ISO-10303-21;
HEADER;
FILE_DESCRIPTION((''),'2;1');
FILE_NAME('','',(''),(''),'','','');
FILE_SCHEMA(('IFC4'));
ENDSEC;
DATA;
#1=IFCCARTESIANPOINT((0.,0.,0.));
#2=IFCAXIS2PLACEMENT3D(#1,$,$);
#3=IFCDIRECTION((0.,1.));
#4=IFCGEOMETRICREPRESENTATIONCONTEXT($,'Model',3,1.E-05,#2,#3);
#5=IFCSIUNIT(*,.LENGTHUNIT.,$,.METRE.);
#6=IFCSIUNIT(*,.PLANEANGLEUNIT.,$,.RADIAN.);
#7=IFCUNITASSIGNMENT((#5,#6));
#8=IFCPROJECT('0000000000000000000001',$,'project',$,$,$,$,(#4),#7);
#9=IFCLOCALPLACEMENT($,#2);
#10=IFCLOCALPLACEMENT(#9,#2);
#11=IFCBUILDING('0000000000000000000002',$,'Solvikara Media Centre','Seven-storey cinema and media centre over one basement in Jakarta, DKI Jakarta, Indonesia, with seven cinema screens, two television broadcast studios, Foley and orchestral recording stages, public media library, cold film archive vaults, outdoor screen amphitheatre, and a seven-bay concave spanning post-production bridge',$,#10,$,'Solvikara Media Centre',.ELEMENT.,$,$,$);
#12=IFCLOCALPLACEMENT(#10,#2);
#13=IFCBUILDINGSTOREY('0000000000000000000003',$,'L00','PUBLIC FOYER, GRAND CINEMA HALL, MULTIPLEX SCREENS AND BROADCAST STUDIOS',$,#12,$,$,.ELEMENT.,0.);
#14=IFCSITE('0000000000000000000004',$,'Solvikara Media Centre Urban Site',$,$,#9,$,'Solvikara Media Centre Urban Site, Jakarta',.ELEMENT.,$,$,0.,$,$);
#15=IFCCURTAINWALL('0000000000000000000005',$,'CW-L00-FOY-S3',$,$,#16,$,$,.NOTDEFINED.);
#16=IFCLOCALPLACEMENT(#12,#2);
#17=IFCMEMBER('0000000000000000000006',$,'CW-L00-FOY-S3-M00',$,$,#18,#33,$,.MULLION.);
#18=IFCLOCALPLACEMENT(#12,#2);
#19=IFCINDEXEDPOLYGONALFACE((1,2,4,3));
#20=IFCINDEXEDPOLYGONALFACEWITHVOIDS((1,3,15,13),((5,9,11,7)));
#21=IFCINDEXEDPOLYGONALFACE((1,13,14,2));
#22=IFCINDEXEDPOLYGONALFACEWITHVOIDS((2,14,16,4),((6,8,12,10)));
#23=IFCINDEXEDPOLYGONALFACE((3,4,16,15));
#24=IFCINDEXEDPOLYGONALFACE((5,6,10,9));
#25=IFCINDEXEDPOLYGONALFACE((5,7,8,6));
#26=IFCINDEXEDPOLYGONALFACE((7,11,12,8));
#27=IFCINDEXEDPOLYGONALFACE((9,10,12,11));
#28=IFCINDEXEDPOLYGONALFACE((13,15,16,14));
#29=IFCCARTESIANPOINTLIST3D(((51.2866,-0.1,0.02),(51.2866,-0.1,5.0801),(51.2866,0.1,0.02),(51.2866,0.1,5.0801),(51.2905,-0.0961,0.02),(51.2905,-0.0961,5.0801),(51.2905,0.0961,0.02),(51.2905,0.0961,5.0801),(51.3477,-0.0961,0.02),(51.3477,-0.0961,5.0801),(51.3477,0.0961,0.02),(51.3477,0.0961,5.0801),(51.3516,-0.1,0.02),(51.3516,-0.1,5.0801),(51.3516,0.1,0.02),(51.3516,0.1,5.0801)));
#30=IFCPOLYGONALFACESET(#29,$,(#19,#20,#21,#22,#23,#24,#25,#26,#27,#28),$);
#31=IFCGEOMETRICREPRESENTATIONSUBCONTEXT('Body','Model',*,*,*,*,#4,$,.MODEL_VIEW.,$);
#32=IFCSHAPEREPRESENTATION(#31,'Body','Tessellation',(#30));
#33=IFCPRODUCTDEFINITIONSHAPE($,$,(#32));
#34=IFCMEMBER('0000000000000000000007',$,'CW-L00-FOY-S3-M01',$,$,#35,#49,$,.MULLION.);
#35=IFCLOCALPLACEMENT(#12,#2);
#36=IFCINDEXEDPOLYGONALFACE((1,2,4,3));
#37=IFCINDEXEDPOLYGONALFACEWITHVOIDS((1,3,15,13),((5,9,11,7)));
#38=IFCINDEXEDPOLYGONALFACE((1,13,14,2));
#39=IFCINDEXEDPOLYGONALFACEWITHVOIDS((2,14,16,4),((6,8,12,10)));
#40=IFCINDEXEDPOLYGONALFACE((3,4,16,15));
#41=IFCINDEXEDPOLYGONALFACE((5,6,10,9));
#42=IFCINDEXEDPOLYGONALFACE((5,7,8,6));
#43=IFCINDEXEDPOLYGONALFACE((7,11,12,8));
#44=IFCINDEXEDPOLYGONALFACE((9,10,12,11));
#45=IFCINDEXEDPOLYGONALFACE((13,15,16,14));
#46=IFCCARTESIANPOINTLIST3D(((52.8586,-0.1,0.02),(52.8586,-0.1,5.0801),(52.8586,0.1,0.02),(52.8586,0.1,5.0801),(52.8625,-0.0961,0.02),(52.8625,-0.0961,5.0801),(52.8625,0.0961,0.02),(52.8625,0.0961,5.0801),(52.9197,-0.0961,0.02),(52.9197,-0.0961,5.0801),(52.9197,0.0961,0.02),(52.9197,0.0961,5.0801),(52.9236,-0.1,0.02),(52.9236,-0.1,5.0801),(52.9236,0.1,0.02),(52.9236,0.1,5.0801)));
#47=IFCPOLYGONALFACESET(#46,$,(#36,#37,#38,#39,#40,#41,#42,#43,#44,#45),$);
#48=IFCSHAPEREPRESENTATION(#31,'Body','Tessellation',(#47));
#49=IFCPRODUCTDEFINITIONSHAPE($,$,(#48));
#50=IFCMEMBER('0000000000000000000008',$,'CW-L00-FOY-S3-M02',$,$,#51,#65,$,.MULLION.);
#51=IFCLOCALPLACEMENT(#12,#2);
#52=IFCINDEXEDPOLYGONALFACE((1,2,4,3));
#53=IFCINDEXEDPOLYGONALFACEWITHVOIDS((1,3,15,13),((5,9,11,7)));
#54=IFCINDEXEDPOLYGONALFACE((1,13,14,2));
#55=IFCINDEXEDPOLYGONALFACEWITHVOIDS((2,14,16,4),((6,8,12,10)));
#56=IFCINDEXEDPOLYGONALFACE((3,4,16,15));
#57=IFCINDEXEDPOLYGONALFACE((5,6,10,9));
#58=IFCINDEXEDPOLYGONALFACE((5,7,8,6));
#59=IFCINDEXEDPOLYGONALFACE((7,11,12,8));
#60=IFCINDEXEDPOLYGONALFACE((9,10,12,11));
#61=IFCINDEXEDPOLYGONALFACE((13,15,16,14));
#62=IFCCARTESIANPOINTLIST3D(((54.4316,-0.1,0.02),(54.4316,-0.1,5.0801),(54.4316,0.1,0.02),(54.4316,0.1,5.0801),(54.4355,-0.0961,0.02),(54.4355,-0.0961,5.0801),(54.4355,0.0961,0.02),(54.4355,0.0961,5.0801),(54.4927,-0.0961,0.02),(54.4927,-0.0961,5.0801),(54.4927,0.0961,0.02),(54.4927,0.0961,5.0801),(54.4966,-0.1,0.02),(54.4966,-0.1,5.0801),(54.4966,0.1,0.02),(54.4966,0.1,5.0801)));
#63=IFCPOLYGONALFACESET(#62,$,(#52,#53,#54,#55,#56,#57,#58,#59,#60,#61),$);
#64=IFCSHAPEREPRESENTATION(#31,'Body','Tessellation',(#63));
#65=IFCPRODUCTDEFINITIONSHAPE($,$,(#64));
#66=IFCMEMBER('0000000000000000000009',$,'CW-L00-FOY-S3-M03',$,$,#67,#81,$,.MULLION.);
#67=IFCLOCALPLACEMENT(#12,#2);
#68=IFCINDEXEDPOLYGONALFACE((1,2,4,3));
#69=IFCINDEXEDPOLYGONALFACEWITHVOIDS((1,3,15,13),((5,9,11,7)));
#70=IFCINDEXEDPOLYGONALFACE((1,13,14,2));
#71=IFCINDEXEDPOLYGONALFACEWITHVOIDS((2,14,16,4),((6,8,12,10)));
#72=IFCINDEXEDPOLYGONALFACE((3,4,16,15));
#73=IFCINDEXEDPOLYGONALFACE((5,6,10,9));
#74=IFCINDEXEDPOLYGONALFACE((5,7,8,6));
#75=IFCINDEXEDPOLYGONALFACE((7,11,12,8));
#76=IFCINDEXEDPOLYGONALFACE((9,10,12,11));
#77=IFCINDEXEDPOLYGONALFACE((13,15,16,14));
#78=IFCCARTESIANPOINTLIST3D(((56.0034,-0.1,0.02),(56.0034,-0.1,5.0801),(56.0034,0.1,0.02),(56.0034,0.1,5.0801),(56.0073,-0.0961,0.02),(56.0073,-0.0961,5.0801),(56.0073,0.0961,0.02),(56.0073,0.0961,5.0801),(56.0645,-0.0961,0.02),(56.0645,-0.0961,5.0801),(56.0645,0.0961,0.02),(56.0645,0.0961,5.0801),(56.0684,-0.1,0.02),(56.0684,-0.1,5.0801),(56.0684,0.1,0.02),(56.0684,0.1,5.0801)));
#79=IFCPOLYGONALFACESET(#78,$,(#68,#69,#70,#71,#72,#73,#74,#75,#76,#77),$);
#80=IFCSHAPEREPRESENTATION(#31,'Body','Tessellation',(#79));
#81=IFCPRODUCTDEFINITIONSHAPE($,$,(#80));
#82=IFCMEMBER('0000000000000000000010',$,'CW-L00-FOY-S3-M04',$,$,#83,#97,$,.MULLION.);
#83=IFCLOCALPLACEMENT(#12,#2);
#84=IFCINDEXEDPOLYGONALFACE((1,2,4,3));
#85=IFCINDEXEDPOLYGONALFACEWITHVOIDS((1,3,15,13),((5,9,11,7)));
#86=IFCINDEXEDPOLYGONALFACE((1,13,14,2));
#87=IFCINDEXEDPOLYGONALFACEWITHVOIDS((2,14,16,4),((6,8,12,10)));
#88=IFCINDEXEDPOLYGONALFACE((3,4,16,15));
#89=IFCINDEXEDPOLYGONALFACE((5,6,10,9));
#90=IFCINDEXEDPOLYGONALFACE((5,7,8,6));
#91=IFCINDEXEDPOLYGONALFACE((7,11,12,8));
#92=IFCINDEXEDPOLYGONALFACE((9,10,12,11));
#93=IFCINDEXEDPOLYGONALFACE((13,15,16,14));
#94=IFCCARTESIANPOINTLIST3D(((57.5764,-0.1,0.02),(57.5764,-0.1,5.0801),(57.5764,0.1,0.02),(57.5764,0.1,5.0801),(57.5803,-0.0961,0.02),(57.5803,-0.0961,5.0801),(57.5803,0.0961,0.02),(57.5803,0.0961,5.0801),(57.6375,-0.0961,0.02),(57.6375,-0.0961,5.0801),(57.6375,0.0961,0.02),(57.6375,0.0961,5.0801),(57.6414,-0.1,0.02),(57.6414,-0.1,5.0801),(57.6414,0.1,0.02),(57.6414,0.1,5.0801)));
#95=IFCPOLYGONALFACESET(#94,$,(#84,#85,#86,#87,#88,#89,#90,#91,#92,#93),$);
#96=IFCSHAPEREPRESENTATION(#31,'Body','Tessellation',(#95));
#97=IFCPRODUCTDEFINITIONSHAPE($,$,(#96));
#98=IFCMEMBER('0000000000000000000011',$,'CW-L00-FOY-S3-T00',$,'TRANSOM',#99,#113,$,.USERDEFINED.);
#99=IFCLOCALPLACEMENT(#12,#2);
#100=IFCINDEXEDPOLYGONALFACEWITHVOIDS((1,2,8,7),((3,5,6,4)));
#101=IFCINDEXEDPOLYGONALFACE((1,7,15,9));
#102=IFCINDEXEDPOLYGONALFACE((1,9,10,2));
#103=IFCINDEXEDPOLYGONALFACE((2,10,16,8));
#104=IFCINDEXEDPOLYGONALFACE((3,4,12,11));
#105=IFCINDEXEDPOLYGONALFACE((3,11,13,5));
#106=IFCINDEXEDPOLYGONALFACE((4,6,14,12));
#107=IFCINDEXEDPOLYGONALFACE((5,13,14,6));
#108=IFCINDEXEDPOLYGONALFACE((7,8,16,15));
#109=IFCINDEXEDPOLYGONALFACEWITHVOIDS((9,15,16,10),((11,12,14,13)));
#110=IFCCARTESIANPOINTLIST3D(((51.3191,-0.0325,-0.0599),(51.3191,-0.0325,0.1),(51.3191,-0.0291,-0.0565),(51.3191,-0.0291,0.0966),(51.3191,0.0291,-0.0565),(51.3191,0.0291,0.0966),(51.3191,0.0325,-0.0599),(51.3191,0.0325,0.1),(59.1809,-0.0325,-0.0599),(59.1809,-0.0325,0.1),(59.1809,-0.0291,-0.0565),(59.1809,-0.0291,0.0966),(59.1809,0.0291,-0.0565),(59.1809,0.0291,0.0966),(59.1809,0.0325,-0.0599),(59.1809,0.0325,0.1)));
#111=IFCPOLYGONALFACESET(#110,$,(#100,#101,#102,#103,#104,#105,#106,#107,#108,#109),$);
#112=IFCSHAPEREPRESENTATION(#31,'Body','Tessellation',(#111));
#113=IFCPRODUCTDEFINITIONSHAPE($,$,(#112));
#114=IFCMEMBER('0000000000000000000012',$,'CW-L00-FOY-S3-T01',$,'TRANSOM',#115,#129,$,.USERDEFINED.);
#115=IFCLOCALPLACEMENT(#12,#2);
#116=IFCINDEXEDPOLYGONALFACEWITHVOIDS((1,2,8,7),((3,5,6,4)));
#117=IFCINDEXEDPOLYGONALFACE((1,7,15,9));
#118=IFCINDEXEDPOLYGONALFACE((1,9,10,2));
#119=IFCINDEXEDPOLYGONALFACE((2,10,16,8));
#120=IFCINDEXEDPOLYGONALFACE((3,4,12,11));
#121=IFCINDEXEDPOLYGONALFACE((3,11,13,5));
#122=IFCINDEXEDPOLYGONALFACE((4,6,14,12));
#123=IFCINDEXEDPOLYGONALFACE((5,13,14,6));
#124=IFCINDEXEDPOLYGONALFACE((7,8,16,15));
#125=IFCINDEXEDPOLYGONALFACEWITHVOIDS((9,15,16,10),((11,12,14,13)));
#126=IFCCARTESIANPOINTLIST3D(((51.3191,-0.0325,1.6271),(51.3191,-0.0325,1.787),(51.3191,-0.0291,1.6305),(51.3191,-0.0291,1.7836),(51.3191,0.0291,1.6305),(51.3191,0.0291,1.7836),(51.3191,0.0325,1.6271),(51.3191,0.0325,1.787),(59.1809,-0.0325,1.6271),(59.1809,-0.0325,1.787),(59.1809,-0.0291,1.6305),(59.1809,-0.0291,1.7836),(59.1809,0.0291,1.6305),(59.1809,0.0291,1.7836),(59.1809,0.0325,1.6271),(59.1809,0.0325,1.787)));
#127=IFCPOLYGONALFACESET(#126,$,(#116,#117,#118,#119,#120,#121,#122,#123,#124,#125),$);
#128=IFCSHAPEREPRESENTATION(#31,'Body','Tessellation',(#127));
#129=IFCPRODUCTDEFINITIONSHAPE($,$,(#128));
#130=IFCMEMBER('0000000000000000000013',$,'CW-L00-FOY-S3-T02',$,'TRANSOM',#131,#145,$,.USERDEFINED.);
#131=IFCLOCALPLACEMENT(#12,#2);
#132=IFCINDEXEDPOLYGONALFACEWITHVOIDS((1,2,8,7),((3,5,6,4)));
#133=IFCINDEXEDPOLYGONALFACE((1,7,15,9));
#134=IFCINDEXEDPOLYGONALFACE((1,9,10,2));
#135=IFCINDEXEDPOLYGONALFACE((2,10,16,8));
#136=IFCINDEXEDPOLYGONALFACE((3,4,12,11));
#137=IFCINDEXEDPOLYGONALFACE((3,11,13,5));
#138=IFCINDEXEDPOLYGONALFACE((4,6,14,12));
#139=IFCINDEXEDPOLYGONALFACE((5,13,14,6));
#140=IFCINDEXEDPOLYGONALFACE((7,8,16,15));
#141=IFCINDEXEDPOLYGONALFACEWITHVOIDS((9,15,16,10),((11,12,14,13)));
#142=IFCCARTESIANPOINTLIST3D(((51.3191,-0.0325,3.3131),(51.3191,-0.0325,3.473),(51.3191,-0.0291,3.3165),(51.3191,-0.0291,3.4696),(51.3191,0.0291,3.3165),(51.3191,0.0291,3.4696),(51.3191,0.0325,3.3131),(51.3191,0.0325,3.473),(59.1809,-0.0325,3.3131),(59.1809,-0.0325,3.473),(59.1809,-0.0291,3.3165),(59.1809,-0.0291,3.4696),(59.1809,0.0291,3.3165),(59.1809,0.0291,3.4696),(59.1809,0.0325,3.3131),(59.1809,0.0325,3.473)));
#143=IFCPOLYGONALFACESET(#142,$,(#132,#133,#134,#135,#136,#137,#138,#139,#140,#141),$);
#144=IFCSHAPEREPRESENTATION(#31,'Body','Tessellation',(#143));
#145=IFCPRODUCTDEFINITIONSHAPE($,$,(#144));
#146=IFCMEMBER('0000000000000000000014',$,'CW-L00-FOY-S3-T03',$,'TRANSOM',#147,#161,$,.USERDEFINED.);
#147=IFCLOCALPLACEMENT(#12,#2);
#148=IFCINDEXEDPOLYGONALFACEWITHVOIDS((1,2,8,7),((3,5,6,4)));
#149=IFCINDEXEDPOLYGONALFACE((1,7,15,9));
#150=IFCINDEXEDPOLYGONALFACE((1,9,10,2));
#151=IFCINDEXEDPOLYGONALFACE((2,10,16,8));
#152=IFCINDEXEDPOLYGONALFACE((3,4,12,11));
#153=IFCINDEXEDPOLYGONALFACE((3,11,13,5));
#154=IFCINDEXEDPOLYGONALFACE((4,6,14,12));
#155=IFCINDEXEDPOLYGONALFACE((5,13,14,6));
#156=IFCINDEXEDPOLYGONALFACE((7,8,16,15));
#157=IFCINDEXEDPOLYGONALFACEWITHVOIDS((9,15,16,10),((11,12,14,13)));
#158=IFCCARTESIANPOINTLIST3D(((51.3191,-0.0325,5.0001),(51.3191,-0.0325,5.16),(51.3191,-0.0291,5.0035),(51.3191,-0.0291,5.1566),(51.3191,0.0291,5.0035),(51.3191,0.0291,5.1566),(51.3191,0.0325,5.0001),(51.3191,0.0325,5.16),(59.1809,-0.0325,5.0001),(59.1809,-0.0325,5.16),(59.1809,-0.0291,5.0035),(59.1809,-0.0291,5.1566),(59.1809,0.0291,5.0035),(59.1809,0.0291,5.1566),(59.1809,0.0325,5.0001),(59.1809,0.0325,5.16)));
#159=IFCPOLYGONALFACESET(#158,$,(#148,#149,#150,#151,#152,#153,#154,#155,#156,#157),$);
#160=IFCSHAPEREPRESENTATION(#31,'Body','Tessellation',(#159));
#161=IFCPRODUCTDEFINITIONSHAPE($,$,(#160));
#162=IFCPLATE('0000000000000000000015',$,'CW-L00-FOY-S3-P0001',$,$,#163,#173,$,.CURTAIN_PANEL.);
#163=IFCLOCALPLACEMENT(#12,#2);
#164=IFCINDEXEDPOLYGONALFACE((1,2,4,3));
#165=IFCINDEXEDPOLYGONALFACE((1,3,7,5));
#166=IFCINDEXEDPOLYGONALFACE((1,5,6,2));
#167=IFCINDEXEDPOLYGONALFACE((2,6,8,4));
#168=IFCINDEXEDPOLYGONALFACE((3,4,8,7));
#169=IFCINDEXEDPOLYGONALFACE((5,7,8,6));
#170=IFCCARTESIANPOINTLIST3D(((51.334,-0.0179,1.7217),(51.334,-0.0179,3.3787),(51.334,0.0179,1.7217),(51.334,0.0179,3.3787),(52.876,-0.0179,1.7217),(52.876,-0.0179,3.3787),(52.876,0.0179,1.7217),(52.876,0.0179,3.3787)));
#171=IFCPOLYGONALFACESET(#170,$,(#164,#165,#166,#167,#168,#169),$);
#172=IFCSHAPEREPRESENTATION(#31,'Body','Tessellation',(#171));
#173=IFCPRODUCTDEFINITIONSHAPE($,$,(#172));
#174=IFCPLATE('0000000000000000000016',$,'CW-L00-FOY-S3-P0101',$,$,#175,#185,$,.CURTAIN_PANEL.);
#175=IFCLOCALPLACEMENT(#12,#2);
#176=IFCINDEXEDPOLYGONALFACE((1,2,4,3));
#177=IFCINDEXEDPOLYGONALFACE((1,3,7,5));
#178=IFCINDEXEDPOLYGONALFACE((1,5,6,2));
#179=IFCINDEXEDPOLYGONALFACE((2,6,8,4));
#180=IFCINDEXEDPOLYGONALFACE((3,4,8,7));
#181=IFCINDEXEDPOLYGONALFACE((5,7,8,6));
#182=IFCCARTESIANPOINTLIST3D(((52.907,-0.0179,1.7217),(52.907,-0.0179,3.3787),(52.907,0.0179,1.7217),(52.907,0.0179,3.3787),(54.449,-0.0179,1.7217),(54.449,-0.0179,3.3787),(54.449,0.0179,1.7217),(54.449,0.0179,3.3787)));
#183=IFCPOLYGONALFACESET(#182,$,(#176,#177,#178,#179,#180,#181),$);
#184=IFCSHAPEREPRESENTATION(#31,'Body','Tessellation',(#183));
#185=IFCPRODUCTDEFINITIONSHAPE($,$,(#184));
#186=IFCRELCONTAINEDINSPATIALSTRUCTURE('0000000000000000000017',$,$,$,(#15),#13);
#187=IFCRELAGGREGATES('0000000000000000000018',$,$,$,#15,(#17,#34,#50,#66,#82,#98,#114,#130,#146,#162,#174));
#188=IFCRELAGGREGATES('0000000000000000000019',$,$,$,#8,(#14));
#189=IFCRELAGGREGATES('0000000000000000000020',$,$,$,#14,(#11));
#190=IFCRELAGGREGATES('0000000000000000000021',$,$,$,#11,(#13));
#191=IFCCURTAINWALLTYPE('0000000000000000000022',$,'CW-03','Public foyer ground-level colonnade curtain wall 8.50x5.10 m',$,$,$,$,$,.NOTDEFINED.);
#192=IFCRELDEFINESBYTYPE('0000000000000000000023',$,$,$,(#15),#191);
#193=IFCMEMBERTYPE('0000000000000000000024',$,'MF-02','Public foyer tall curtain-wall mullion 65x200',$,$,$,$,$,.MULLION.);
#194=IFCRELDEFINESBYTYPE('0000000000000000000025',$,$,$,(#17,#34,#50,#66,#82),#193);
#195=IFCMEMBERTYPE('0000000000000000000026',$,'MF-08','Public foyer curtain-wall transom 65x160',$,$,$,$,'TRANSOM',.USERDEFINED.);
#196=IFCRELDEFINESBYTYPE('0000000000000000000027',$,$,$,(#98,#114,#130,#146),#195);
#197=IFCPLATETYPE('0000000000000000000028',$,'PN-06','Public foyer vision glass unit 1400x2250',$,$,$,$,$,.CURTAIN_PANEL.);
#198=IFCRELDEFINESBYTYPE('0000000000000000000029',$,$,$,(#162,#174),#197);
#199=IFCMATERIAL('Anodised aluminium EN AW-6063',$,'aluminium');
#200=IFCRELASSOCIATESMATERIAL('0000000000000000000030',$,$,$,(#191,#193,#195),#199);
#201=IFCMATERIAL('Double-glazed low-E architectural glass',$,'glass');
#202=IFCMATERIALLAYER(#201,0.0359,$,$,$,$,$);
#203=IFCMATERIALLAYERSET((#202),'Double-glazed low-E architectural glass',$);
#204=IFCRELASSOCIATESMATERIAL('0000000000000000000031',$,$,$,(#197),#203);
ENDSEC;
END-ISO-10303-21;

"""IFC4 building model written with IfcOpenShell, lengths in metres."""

from ifc_helpers import new_model, si_unit, direction, frame, origin, origin_2d, place, context, subcontext, project, spatial, rectangle, hollow_rectangle, extrude, material, layer, layer_set, material_profile, profile_set, type_object, element, aggregate, save


model = new_model("IFC4")

# Units and contexts
model_context = context("Model", 3, precision=1e-05, world=origin(), true_north=direction((0.0, 1.0)))
body_context = subcontext(model_context, "Body", "Model", "MODEL_VIEW")
ifc_project = project(units=[si_unit("LENGTHUNIT", "METRE"), si_unit("PLANEANGLEUNIT", "RADIAN")], contexts=[model_context])

# Site, building, storey
site_placement = place(None, origin())
site = spatial("IfcSite", under=ifc_project, at=site_placement, Name="Solvikara Media Centre Urban Site", LongName="Solvikara Media Centre Urban Site, Jakarta", CompositionType="ELEMENT", RefElevation=0.0)
building_placement = place(site_placement, origin())
building = spatial("IfcBuilding", under=site, at=building_placement, Name="Solvikara Media Centre", Description="Seven-storey cinema and media centre over one basement in Jakarta, DKI Jakarta, Indonesia, with seven cinema screens, two television broadcast studios, Foley and orchestral recording stages, public media library, cold film archive vaults, outdoor screen amphitheatre, and a seven-bay concave spanning post-production bridge", LongName="Solvikara Media Centre", CompositionType="ELEMENT")
storey_placement = place(building_placement, origin())
storey = spatial("IfcBuildingStorey", under=building, at=storey_placement, Name="L00", Description="PUBLIC FOYER, GRAND CINEMA HALL, MULTIPLEX SCREENS AND BROADCAST STUDIOS", CompositionType="ELEMENT", Elevation=0.0)

# Curtain wall, members, plates
ifc_material_1 = material(Name="Anodised aluminium EN AW-6063", Category="aluminium")
curtain_wall_type = type_object("IfcCurtainWallType", Name="CW-03", Description="Public foyer ground-level colonnade curtain wall 8.50x5.10 m", PredefinedType="NOTDEFINED", material=ifc_material_1)
curtain_wall_placement = place(storey_placement, origin())
curtain_wall = element("IfcCurtainWall", 1, at=curtain_wall_placement, inside=storey, type_object=curtain_wall_type, Name="CW-L00-FOY-S3", PredefinedType="NOTDEFINED")
ifc_material_profile_1 = material_profile(ifc_material_1, hollow_rectangle(XDim=0.0649, YDim=0.2, WallThickness=0.0039, at=origin_2d()), Name="ALU-M 65x200x4")
ifc_profile_set_1 = profile_set([ifc_material_profile_1], Name="Anodised aluminium EN AW-6063")
member_type_1 = type_object("IfcMemberType", Name="MF-02", Description="Public foyer tall curtain-wall mullion 65x200", PredefinedType="MULLION", material=ifc_profile_set_1)
member_1_placement = place(storey_placement, frame((51.3191, 0.0, 0.02), z_axis=(0.0, 0.0, 1.0), x_axis=(1.0, 0.0, 0.0)))
member_1 = element("IfcMember", 2, at=member_1_placement, type_object=member_type_1, Name="CW-L00-FOY-S3-M00", PredefinedType="MULLION", context=body_context, shape_type="SweptSolid", body=[
    extrude(hollow_rectangle(XDim=0.0649, YDim=0.2, WallThickness=0.0039, at=origin_2d()), origin(), (0.0, 0.0, 1.0), 5.0601),
])
member_2_placement = place(storey_placement, frame((52.8911, 0.0, 0.02), z_axis=(0.0, 0.0, 1.0), x_axis=(1.0, 0.0, 0.0)))
member_2 = element("IfcMember", 3, at=member_2_placement, type_object=member_type_1, Name="CW-L00-FOY-S3-M01", PredefinedType="MULLION", context=body_context, shape_type="SweptSolid", body=[
    extrude(hollow_rectangle(XDim=0.0649, YDim=0.2, WallThickness=0.0039, at=origin_2d()), origin(), (0.0, 0.0, 1.0), 5.0601),
])
member_3_placement = place(storey_placement, frame((54.4641, 0.0, 0.02), z_axis=(0.0, 0.0, 1.0), x_axis=(1.0, 0.0, 0.0)))
member_3 = element("IfcMember", 4, at=member_3_placement, type_object=member_type_1, Name="CW-L00-FOY-S3-M02", PredefinedType="MULLION", context=body_context, shape_type="SweptSolid", body=[
    extrude(hollow_rectangle(XDim=0.0649, YDim=0.2, WallThickness=0.0039, at=origin_2d()), origin(), (0.0, 0.0, 1.0), 5.0601),
])
member_4_placement = place(storey_placement, frame((56.0359, 0.0, 0.02), z_axis=(0.0, 0.0, 1.0), x_axis=(1.0, 0.0, 0.0)))
member_4 = element("IfcMember", 5, at=member_4_placement, type_object=member_type_1, Name="CW-L00-FOY-S3-M03", PredefinedType="MULLION", context=body_context, shape_type="SweptSolid", body=[
    extrude(hollow_rectangle(XDim=0.0649, YDim=0.2, WallThickness=0.0039, at=origin_2d()), origin(), (0.0, 0.0, 1.0), 5.0601),
])
member_5_placement = place(storey_placement, frame((57.6089, 0.0, 0.02), z_axis=(0.0, 0.0, 1.0), x_axis=(1.0, 0.0, 0.0)))
member_5 = element("IfcMember", 6, at=member_5_placement, type_object=member_type_1, Name="CW-L00-FOY-S3-M04", PredefinedType="MULLION", context=body_context, shape_type="SweptSolid", body=[
    extrude(hollow_rectangle(XDim=0.0649, YDim=0.2, WallThickness=0.0039, at=origin_2d()), origin(), (0.0, 0.0, 1.0), 5.0601),
])
ifc_material_profile_2 = material_profile(ifc_material_1, hollow_rectangle(XDim=0.0649, YDim=0.1599, WallThickness=0.0034, at=origin_2d()), Name="ALU-T 65x160x3.5")
ifc_profile_set_2 = profile_set([ifc_material_profile_2], Name="Anodised aluminium EN AW-6063")
member_type_2 = type_object("IfcMemberType", Name="MF-08", Description="Public foyer curtain-wall transom 65x160", ElementType="TRANSOM", PredefinedType="USERDEFINED", material=ifc_profile_set_2)
member_6_placement = place(storey_placement, frame((51.3191, 0.0, 0.02), z_axis=(1.0, 0.0, 0.0), x_axis=(0.0, 1.0, 0.0)))
member_6 = element("IfcMember", 7, at=member_6_placement, type_object=member_type_2, Name="CW-L00-FOY-S3-T00", ObjectType="TRANSOM", PredefinedType="USERDEFINED", context=body_context, shape_type="SweptSolid", body=[
    extrude(hollow_rectangle(XDim=0.0649, YDim=0.1599, WallThickness=0.0034, at=origin_2d()), origin(), (0.0, 0.0, 1.0), 7.8618),
])
member_7_placement = place(storey_placement, frame((51.3191, 0.0, 1.707), z_axis=(1.0, 0.0, 0.0), x_axis=(0.0, 1.0, 0.0)))
member_7 = element("IfcMember", 8, at=member_7_placement, type_object=member_type_2, Name="CW-L00-FOY-S3-T01", ObjectType="TRANSOM", PredefinedType="USERDEFINED", context=body_context, shape_type="SweptSolid", body=[
    extrude(hollow_rectangle(XDim=0.0649, YDim=0.1599, WallThickness=0.0034, at=origin_2d()), origin(), (0.0, 0.0, 1.0), 7.8618),
])
member_8_placement = place(storey_placement, frame((51.3191, 0.0, 3.3931), z_axis=(1.0, 0.0, 0.0), x_axis=(0.0, 1.0, 0.0)))
member_8 = element("IfcMember", 9, at=member_8_placement, type_object=member_type_2, Name="CW-L00-FOY-S3-T02", ObjectType="TRANSOM", PredefinedType="USERDEFINED", context=body_context, shape_type="SweptSolid", body=[
    extrude(hollow_rectangle(XDim=0.0649, YDim=0.1599, WallThickness=0.0034, at=origin_2d()), origin(), (0.0, 0.0, 1.0), 7.8618),
])
member_9_placement = place(storey_placement, frame((51.3191, 0.0, 5.0801), z_axis=(1.0, 0.0, 0.0), x_axis=(0.0, 1.0, 0.0)))
member_9 = element("IfcMember", 10, at=member_9_placement, type_object=member_type_2, Name="CW-L00-FOY-S3-T03", ObjectType="TRANSOM", PredefinedType="USERDEFINED", context=body_context, shape_type="SweptSolid", body=[
    extrude(hollow_rectangle(XDim=0.0649, YDim=0.1599, WallThickness=0.0034, at=origin_2d()), origin(), (0.0, 0.0, 1.0), 7.8618),
])
ifc_material_2 = material(Name="Double-glazed low-E architectural glass", Category="glass")
ifc_layer_1 = layer(ifc_material_2, 0.0359)
ifc_layer_set_1 = layer_set([ifc_layer_1], Name="Double-glazed low-E architectural glass")
plate_type_1 = type_object("IfcPlateType", Name="PN-06", Description="Public foyer vision glass unit 1400x2250", PredefinedType="CURTAIN_PANEL", material=ifc_layer_set_1)
plate_1_placement = place(storey_placement, frame((52.105, 0.0, 1.7217), z_axis=(0.0, 0.0, 1.0), x_axis=(1.0, 0.0, 0.0)))
plate_1 = element("IfcPlate", 11, at=plate_1_placement, type_object=plate_type_1, Name="CW-L00-FOY-S3-P0001", PredefinedType="CURTAIN_PANEL", context=body_context, shape_type="SweptSolid", body=[
    extrude(rectangle(XDim=1.542, YDim=0.0359, at=origin_2d()), origin(), (0.0, 0.0, 1.0), 1.657),
])
plate_2_placement = place(storey_placement, frame((53.678, 0.0, 1.7217), z_axis=(0.0, 0.0, 1.0), x_axis=(1.0, 0.0, 0.0)))
plate_2 = element("IfcPlate", 12, at=plate_2_placement, type_object=plate_type_1, Name="CW-L00-FOY-S3-P0101", PredefinedType="CURTAIN_PANEL", context=body_context, shape_type="SweptSolid", body=[
    extrude(rectangle(XDim=1.542, YDim=0.0359, at=origin_2d()), origin(), (0.0, 0.0, 1.0), 1.657),
])
aggregate(curtain_wall, [member_1, member_2, member_3, member_4, member_5, member_6, member_7, member_8, member_9, plate_1, plate_2])

save(model, "model.ifc")
